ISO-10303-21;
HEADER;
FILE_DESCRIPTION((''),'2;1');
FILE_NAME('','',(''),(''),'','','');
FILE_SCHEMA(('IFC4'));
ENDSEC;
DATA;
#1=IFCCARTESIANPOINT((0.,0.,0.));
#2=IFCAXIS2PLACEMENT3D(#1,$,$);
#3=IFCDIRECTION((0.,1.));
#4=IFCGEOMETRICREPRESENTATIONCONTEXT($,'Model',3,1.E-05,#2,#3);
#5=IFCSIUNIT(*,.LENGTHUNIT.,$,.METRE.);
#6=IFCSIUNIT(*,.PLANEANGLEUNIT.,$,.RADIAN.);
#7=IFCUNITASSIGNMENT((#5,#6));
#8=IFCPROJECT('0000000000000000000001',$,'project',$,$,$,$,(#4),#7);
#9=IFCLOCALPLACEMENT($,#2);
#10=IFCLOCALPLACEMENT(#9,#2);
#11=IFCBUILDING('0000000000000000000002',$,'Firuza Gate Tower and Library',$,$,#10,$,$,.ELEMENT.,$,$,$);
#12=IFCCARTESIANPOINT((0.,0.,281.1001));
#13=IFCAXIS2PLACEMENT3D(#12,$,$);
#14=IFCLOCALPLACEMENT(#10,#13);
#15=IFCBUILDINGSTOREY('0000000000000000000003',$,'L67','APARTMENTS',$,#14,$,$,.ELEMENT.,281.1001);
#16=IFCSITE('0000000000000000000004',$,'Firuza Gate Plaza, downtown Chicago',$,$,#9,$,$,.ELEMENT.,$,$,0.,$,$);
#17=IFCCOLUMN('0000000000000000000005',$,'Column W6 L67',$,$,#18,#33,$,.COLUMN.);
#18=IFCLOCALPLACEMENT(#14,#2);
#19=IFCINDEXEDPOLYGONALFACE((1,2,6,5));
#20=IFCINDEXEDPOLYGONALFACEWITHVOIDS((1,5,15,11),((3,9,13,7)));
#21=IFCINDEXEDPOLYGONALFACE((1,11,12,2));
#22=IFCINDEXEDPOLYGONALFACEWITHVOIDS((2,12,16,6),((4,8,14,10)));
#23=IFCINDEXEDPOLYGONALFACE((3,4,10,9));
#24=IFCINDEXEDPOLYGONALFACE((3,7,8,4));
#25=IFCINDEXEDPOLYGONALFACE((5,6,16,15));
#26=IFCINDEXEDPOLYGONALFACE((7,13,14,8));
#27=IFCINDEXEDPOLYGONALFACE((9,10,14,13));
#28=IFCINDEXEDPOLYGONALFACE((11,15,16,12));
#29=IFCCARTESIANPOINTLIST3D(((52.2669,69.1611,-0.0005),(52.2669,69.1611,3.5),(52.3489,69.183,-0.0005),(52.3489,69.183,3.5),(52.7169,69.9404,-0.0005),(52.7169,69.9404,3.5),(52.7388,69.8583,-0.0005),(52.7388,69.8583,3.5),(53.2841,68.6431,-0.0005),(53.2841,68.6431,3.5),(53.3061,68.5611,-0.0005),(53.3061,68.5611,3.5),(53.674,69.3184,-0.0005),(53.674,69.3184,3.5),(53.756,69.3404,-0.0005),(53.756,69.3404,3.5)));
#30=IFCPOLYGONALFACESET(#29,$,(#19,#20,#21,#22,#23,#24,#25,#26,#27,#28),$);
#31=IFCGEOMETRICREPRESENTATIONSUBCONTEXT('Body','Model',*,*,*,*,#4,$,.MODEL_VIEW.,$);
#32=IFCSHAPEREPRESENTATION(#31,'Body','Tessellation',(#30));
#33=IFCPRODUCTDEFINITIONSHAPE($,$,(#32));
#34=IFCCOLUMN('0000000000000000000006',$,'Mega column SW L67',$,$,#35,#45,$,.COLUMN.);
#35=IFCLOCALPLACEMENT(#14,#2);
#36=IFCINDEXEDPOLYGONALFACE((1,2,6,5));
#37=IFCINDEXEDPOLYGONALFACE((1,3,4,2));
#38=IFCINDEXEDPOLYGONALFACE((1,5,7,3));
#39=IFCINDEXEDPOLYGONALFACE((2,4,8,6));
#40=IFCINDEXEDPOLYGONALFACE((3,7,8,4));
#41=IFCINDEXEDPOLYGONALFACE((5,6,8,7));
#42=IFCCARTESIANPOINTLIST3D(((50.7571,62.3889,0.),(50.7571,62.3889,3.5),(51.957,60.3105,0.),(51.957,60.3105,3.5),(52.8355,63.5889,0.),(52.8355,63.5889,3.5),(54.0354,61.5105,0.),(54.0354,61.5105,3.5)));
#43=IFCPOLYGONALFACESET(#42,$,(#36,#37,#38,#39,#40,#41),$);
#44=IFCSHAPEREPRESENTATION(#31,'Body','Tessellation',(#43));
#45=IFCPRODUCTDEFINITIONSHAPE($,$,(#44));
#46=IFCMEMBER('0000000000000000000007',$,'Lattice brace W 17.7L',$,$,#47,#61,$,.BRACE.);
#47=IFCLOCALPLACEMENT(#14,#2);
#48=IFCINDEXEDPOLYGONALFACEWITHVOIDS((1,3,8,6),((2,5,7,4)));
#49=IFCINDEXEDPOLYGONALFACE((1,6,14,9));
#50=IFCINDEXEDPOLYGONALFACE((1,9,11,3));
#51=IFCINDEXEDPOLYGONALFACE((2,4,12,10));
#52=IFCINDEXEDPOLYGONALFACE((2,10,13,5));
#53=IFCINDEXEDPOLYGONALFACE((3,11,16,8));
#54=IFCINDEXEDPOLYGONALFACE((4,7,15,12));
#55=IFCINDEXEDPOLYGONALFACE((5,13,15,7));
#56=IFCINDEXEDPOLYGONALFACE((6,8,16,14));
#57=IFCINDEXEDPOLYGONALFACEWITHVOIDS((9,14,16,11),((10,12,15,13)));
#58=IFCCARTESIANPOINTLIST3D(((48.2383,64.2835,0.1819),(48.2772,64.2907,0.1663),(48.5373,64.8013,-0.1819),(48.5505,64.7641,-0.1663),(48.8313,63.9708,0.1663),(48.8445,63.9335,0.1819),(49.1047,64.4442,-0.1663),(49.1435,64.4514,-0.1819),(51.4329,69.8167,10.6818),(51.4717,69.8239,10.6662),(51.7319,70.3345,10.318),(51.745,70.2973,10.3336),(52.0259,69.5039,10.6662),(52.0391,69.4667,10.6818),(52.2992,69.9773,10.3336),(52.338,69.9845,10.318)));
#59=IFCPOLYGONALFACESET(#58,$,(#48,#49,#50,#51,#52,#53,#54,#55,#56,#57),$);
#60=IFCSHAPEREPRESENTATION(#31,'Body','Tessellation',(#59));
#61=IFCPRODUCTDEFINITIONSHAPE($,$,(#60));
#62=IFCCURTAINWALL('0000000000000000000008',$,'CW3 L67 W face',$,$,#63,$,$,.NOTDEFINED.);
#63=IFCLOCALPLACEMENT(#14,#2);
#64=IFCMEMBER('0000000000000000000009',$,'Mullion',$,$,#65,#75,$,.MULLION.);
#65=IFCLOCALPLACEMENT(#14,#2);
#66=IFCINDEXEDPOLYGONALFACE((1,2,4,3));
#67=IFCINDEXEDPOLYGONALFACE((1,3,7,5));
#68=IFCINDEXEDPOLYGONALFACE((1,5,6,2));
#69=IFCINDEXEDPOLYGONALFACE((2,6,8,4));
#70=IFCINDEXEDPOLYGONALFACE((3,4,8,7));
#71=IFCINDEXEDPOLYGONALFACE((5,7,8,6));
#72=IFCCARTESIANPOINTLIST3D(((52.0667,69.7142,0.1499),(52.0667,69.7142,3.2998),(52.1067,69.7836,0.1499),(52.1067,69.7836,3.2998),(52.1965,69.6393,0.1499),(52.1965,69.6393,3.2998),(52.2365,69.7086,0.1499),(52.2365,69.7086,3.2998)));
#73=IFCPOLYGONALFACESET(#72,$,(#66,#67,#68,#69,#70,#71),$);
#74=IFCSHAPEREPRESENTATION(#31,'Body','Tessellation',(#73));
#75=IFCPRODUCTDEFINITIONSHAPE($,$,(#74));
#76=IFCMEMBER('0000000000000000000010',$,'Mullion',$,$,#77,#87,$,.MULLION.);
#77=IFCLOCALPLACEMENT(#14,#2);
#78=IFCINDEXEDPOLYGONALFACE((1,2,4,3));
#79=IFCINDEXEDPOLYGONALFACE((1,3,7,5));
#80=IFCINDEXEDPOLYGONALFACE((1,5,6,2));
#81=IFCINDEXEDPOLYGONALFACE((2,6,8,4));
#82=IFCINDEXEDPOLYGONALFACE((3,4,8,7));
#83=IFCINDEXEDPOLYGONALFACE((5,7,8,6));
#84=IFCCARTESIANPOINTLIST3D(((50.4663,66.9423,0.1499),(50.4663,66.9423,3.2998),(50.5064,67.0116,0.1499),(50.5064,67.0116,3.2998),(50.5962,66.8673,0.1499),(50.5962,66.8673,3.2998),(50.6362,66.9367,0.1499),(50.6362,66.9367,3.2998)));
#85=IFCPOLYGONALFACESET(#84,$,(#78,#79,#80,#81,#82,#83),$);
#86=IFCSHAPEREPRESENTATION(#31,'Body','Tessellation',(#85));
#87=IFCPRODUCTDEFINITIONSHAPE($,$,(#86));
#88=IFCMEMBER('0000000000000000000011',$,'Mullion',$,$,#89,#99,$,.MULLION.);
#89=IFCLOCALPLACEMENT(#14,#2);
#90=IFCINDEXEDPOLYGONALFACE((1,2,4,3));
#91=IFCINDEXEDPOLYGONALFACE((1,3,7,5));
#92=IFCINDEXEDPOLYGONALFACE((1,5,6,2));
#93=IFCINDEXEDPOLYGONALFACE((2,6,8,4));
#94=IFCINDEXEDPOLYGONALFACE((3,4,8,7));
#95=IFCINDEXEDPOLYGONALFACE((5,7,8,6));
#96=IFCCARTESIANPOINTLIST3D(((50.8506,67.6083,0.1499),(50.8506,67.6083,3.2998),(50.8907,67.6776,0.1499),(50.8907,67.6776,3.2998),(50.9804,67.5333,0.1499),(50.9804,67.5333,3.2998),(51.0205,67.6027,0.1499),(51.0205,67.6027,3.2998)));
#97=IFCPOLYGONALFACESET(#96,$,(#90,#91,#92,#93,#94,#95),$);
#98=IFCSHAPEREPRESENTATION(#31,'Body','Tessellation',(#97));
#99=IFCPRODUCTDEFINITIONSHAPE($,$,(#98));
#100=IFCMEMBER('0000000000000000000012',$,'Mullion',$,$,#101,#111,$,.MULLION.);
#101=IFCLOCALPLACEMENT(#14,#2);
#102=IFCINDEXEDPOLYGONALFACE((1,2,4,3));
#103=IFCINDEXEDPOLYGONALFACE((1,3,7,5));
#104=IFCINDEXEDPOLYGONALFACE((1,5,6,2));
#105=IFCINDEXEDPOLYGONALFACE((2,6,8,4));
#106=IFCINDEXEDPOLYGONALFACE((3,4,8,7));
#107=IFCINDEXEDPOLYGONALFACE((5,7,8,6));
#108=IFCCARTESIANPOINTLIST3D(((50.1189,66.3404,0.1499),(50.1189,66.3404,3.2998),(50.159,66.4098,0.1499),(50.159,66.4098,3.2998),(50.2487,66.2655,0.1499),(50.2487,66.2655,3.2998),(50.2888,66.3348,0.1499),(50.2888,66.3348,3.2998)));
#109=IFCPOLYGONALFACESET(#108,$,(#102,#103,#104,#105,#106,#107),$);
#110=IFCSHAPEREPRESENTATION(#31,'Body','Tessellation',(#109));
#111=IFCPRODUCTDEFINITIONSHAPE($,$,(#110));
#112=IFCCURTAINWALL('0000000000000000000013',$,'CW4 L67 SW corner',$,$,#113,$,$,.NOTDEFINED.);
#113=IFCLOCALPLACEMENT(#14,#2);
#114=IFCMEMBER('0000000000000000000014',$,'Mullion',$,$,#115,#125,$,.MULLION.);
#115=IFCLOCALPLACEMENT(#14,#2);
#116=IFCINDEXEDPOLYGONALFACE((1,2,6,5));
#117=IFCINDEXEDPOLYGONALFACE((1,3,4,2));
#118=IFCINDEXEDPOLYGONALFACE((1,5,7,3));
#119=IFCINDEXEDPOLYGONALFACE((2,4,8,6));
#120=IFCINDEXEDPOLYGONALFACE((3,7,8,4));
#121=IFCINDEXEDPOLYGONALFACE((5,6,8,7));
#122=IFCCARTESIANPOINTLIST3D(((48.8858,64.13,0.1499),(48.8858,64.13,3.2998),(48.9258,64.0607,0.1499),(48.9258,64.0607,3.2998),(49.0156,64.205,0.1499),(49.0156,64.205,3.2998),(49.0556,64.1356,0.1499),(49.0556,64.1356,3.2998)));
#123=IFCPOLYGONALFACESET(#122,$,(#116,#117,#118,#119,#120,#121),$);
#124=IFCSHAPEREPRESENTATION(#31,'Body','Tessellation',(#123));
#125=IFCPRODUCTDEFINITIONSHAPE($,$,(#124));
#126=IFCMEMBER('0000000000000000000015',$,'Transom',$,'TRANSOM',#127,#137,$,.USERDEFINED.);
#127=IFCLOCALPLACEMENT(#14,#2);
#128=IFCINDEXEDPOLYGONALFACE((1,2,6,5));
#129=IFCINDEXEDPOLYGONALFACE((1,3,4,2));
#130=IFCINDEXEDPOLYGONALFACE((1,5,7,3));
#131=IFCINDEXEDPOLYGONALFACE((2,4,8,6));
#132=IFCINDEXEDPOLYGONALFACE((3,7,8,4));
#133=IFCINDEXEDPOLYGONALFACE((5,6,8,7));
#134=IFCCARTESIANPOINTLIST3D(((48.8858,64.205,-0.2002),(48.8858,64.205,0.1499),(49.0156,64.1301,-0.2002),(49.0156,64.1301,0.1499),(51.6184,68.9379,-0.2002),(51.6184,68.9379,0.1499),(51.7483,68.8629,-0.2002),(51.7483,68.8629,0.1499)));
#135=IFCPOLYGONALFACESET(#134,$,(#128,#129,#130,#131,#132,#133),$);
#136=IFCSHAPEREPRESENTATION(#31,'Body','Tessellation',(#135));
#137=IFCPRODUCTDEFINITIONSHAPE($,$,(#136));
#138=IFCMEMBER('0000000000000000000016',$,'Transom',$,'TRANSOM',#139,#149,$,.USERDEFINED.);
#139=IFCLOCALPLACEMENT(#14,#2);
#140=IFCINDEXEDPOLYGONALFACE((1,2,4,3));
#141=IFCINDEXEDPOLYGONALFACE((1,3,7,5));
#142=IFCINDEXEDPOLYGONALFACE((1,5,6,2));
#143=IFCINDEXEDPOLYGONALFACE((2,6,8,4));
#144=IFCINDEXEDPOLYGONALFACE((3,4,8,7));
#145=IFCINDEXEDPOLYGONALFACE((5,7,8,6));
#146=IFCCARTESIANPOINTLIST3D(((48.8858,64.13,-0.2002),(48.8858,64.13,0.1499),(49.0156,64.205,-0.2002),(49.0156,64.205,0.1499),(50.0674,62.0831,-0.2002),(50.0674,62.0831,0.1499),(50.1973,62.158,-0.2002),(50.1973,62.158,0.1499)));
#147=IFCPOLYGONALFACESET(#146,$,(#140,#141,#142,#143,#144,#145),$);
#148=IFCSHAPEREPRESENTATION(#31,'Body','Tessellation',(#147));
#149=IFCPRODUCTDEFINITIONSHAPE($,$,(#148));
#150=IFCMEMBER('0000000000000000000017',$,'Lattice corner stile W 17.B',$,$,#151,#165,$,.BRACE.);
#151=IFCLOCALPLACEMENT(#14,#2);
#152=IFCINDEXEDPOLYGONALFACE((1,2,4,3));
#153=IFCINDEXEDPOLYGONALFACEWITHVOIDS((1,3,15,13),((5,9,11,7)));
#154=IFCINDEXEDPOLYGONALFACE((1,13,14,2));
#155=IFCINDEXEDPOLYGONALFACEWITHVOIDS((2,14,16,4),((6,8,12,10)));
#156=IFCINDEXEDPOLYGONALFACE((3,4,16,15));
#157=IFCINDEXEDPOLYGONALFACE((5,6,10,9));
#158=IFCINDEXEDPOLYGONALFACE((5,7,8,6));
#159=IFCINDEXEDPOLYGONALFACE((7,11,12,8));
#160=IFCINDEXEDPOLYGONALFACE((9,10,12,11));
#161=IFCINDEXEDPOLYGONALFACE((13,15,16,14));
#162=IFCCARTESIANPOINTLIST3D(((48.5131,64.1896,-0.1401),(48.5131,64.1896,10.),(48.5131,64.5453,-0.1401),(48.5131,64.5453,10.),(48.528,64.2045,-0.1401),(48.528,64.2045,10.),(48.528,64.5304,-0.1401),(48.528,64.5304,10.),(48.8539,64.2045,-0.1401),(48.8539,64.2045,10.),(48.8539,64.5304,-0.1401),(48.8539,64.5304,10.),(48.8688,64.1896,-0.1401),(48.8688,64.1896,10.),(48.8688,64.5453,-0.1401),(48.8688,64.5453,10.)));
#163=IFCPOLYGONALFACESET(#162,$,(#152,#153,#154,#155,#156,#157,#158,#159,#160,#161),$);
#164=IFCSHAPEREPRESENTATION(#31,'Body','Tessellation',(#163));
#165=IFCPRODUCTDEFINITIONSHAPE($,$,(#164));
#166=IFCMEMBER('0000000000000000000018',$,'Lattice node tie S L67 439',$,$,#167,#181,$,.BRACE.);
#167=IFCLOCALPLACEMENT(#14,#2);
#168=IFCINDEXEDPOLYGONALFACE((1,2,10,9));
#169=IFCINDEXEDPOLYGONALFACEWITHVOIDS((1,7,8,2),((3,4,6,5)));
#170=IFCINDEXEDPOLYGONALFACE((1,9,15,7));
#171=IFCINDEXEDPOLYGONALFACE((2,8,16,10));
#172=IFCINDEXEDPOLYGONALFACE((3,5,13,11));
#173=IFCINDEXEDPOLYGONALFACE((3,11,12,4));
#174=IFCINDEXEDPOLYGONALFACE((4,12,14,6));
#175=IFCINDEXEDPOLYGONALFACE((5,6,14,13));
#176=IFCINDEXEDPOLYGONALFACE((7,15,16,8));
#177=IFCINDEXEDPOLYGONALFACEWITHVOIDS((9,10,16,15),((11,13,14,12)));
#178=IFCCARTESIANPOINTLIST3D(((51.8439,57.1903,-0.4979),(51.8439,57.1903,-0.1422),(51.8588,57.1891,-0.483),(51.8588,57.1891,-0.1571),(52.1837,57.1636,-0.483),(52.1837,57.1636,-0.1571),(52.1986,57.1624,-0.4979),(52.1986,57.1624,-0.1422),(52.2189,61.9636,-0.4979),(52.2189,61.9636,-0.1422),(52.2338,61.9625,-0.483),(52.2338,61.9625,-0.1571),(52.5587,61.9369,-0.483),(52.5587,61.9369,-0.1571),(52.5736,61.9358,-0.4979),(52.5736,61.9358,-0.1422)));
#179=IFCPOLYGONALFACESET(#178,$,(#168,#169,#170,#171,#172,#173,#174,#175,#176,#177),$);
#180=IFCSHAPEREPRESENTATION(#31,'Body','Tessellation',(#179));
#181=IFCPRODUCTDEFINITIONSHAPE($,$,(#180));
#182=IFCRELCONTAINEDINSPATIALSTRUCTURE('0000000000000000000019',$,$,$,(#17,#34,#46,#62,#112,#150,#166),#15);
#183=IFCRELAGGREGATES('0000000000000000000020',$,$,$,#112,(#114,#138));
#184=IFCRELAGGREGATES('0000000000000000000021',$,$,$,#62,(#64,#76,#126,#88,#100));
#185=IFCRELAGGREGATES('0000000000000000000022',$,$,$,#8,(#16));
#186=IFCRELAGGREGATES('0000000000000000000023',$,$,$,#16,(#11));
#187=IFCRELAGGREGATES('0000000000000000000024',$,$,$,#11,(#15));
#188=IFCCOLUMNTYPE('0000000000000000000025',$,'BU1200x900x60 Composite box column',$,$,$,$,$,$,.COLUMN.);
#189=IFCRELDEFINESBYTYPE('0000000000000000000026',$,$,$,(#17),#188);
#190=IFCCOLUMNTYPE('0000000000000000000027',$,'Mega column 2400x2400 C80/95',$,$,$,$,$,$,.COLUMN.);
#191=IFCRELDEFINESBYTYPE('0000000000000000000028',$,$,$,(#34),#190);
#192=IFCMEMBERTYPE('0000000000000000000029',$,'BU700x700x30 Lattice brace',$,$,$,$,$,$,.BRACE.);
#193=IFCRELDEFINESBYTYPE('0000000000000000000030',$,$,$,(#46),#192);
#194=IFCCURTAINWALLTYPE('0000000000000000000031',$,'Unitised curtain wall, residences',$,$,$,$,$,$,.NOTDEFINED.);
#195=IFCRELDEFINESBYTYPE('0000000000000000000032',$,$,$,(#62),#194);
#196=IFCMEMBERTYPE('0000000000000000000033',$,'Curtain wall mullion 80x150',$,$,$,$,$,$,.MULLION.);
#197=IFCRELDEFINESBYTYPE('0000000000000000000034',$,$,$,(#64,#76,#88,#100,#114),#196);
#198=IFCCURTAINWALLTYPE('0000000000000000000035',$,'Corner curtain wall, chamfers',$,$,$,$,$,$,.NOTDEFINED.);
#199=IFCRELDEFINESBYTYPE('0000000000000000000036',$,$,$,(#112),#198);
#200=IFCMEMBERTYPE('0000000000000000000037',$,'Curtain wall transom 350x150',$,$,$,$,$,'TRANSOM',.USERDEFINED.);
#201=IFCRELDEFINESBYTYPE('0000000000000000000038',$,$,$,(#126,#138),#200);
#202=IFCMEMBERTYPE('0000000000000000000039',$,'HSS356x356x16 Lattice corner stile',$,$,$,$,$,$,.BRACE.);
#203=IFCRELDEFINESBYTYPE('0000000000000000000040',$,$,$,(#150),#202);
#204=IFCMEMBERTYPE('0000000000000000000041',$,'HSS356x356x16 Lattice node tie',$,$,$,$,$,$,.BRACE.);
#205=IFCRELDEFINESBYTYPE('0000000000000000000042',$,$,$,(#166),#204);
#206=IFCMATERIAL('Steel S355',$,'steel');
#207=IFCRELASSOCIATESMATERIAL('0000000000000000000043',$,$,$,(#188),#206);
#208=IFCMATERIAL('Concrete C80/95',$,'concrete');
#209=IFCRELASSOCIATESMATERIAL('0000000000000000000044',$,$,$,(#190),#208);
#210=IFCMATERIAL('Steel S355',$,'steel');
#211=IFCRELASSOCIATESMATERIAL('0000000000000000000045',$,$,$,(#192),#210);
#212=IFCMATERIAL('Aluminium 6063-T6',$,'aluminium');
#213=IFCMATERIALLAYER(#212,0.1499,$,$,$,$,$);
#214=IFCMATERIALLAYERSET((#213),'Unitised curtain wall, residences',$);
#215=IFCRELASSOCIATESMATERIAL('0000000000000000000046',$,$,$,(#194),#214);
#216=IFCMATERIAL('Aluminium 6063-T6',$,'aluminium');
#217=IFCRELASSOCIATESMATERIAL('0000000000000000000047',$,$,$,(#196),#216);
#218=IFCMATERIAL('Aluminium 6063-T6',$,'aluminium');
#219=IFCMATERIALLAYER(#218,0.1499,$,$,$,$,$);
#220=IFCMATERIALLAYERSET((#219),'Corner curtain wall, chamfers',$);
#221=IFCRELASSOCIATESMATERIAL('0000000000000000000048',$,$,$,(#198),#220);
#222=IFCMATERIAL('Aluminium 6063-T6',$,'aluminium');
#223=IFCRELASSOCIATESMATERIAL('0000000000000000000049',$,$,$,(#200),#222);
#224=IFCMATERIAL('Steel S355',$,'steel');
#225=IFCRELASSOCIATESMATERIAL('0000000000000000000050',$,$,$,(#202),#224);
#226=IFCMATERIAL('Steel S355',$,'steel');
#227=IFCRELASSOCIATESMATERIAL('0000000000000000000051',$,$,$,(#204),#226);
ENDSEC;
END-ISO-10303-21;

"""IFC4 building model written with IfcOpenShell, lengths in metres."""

from ifc_helpers import new_model, si_unit, direction, frame, origin, origin_2d, place, context, subcontext, project, spatial, rectangle, hollow_rectangle, extrude, material, layer, layer_set, material_profile, profile_set, type_object, element, aggregate, save


model = new_model("IFC4")

# Units and contexts
model_context = context("Model", 3, precision=1e-05, world=origin(), true_north=direction((0.0, 1.0)))
body_context = subcontext(model_context, "Body", "Model", "MODEL_VIEW")
ifc_project = project(units=[si_unit("LENGTHUNIT", "METRE"), si_unit("PLANEANGLEUNIT", "RADIAN")], contexts=[model_context])

# Site, building, storey
site_placement = place(None, origin())
site = spatial("IfcSite", under=ifc_project, at=site_placement, Name="Firuza Gate Plaza, downtown Chicago", CompositionType="ELEMENT", RefElevation=0.0)
building_placement = place(site_placement, origin())
building = spatial("IfcBuilding", under=site, at=building_placement, Name="Firuza Gate Tower and Library", CompositionType="ELEMENT")
storey_placement = place(building_placement, frame((0.0, 0.0, 281.1001)))
storey = spatial("IfcBuildingStorey", under=building, at=storey_placement, Name="L67", Description="APARTMENTS", CompositionType="ELEMENT", Elevation=281.1001)

# Columns
ifc_material_1 = material(Name="Steel S355", Category="steel")
ifc_material_profile_1 = material_profile(ifc_material_1, hollow_rectangle(XDim=0.8999, YDim=1.2, WallThickness=0.0601, at=origin_2d()))
ifc_profile_set_1 = profile_set([ifc_material_profile_1], Name="Steel S355")
column_type_1 = type_object("IfcColumnType", Name="BU1200x900x60 Composite box column", PredefinedType="COLUMN", material=ifc_profile_set_1)
column_1_placement = place(storey_placement, frame((53.0115, 69.2507, -0.0005), z_axis=(0.0, 0.0, 1.0), x_axis=(-0.5, -0.866025, 0.0)))
element("IfcColumn", 1, at=column_1_placement, inside=storey, type_object=column_type_1, Name="Column W6 L67", PredefinedType="COLUMN", context=body_context, shape_type="SweptSolid", body=[
    extrude(hollow_rectangle(XDim=0.8999, YDim=1.2, WallThickness=0.0601, at=origin_2d()), origin(), (0.0, 0.0, 1.0), 3.5005),
])
ifc_material_2 = material(Name="Concrete C80/95", Category="concrete")
ifc_material_profile_2 = material_profile(ifc_material_2, rectangle(XDim=2.3999, YDim=2.3999, at=origin_2d()))
ifc_profile_set_2 = profile_set([ifc_material_profile_2], Name="Concrete C80/95")
column_type_2 = type_object("IfcColumnType", Name="Mega column 2400x2400 C80/95", PredefinedType="COLUMN", material=ifc_profile_set_2)
column_2_placement = place(storey_placement, frame((52.3962, 61.9497, 0.0), z_axis=(0.0, 0.0, 1.0), x_axis=(0.5, -0.866025, 0.0)))
element("IfcColumn", 2, at=column_2_placement, inside=storey, type_object=column_type_2, Name="Mega column SW L67", PredefinedType="COLUMN", context=body_context, shape_type="SweptSolid", body=[
    extrude(rectangle(XDim=2.3999, YDim=2.3999, at=origin_2d()), origin(), (0.0, 0.0, 1.0), 3.5),
])

# Member
ifc_material_3 = material(Name="Steel S355", Category="steel")
ifc_material_profile_3 = material_profile(ifc_material_3, hollow_rectangle(XDim=0.7, YDim=0.7, WallThickness=0.03, at=origin_2d()))
ifc_profile_set_3 = profile_set([ifc_material_profile_3], Name="Steel S355")
member_type_1 = type_object("IfcMemberType", Name="BU700x700x30 Lattice brace", PredefinedType="BRACE", material=ifc_profile_set_3)
member_1_placement = place(storey_placement, frame((48.6909, 64.3674, 0.0), z_axis=(0.25991, 0.450179, 0.854275), x_axis=(-0.866027, 0.499998, 0.0)))
element("IfcMember", 3, at=member_1_placement, inside=storey, type_object=member_type_1, Name="Lattice brace W 17.7L", PredefinedType="BRACE", context=body_context, shape_type="SweptSolid", body=[
    extrude(hollow_rectangle(XDim=0.7, YDim=0.7, WallThickness=0.03, at=origin_2d()), origin(), (0.0, 0.0, 1.0), 12.291),
])

# Curtain wall, members
ifc_material_4 = material(Name="Aluminium 6063-T6", Category="aluminium")
ifc_layer_1 = layer(ifc_material_4, 0.1499)
ifc_layer_set_1 = layer_set([ifc_layer_1], Name="Unitised curtain wall, residences")
curtain_wall_type_1 = type_object("IfcCurtainWallType", Name="Unitised curtain wall, residences", PredefinedType="NOTDEFINED", material=ifc_layer_set_1)
placement = place(storey_placement, origin())
curtain_wall_1 = element("IfcCurtainWall", 4, at=placement, inside=storey, type_object=curtain_wall_type_1, Name="CW3 L67 W face", PredefinedType="NOTDEFINED")
ifc_material_5 = material(Name="Aluminium 6063-T6", Category="aluminium")
ifc_material_profile_4 = material_profile(ifc_material_5, rectangle(XDim=0.1499, YDim=0.0801, at=origin_2d()))
ifc_profile_set_4 = profile_set([ifc_material_profile_4], Name="Aluminium 6063-T6")
member_type_2 = type_object("IfcMemberType", Name="Curtain wall mullion 80x150", PredefinedType="MULLION", material=ifc_profile_set_4)
member_2_placement = place(storey_placement, frame((52.1516, 69.7114, 0.1499), z_axis=(0.0, 0.0, 1.0), x_axis=(0.866025, -0.5, 0.0)))
member_2 = element("IfcMember", 5, at=member_2_placement, type_object=member_type_2, Name="Mullion", PredefinedType="MULLION", context=body_context, shape_type="SweptSolid", body=[
    extrude(rectangle(XDim=0.1499, YDim=0.0801, at=origin_2d()), origin(), (0.0, 0.0, 1.0), 3.1499),
])
member_3_placement = place(storey_placement, frame((50.5513, 66.9395, 0.1499), z_axis=(0.0, 0.0, 1.0), x_axis=(0.866025, -0.5, 0.0)))
member_3 = element("IfcMember", 6, at=member_3_placement, type_object=member_type_2, Name="Mullion", PredefinedType="MULLION", context=body_context, shape_type="SweptSolid", body=[
    extrude(rectangle(XDim=0.1499, YDim=0.0801, at=origin_2d()), origin(), (0.0, 0.0, 1.0), 3.1499),
])
member_4_placement = place(storey_placement, frame((50.9355, 67.6055, 0.1499), z_axis=(0.0, 0.0, 1.0), x_axis=(0.866025, -0.5, 0.0)))
member_4 = element("IfcMember", 7, at=member_4_placement, type_object=member_type_2, Name="Mullion", PredefinedType="MULLION", context=body_context, shape_type="SweptSolid", body=[
    extrude(rectangle(XDim=0.1499, YDim=0.0801, at=origin_2d()), origin(), (0.0, 0.0, 1.0), 3.1499),
])
member_5_placement = place(storey_placement, frame((50.2039, 66.3376, 0.1499), z_axis=(0.0, 0.0, 1.0), x_axis=(0.866025, -0.5, 0.0)))
member_5 = element("IfcMember", 8, at=member_5_placement, type_object=member_type_2, Name="Mullion", PredefinedType="MULLION", context=body_context, shape_type="SweptSolid", body=[
    extrude(rectangle(XDim=0.1499, YDim=0.0801, at=origin_2d()), origin(), (0.0, 0.0, 1.0), 3.1499),
])

# Curtain wall, member
ifc_material_6 = material(Name="Aluminium 6063-T6", Category="aluminium")
ifc_layer_2 = layer(ifc_material_6, 0.1499)
ifc_layer_set_2 = layer_set([ifc_layer_2], Name="Corner curtain wall, chamfers")
curtain_wall_type_2 = type_object("IfcCurtainWallType", Name="Corner curtain wall, chamfers", PredefinedType="NOTDEFINED", material=ifc_layer_set_2)
curtain_wall_2 = element("IfcCurtainWall", 9, at=placement, inside=storey, type_object=curtain_wall_type_2, Name="CW4 L67 SW corner", PredefinedType="NOTDEFINED")
member_6_placement = place(storey_placement, frame((48.9707, 64.1328, 0.1499), z_axis=(0.0, 0.0, 1.0), x_axis=(0.866025, 0.5, 0.0)))
member_6 = element("IfcMember", 10, at=member_6_placement, type_object=member_type_2, Name="Mullion", PredefinedType="MULLION", context=body_context, shape_type="SweptSolid", body=[
    extrude(rectangle(XDim=0.1499, YDim=0.0801, at=origin_2d()), origin(), (0.0, 0.0, 1.0), 3.1499),
])

# Members
ifc_material_7 = material(Name="Aluminium 6063-T6", Category="aluminium")
ifc_material_profile_5 = material_profile(ifc_material_7, rectangle(XDim=0.1499, YDim=0.3501, at=origin_2d()))
ifc_profile_set_5 = profile_set([ifc_material_profile_5], Name="Aluminium 6063-T6")
member_type_3 = type_object("IfcMemberType", Name="Curtain wall transom 350x150", ElementType="TRANSOM", PredefinedType="USERDEFINED", material=ifc_profile_set_5)
member_7_placement = place(storey_placement, frame((51.6833, 68.9004, -0.0251), z_axis=(-0.500016, -0.866016, 0.0), x_axis=(0.866016, -0.500016, 0.0)))
member_7 = element("IfcMember", 11, at=member_7_placement, type_object=member_type_3, Name="Transom", ObjectType="TRANSOM", PredefinedType="USERDEFINED", context=body_context, shape_type="SweptSolid", body=[
    extrude(rectangle(XDim=0.1499, YDim=0.3501, at=origin_2d()), origin(), (0.0, 0.0, 1.0), 5.4651),
])
member_8_placement = place(storey_placement, frame((48.9507, 64.1675, -0.0251), z_axis=(0.499961, -0.866048, 0.0), x_axis=(0.866048, 0.499961, 0.0)))
member_8 = element("IfcMember", 12, at=member_8_placement, type_object=member_type_3, Name="Transom", ObjectType="TRANSOM", PredefinedType="USERDEFINED", context=body_context, shape_type="SweptSolid", body=[
    extrude(rectangle(XDim=0.1499, YDim=0.3501, at=origin_2d()), origin(), (0.0, 0.0, 1.0), 2.3635),
])

# Members
ifc_material_8 = material(Name="Steel S355", Category="steel")
ifc_material_profile_6 = material_profile(ifc_material_8, hollow_rectangle(XDim=0.3557, YDim=0.3557, WallThickness=0.0149, at=origin_2d()))
ifc_profile_set_6 = profile_set([ifc_material_profile_6], Name="Steel S355")
member_type_4 = type_object("IfcMemberType", Name="HSS356x356x16 Lattice corner stile", PredefinedType="BRACE", material=ifc_profile_set_6)
member_9_placement = place(storey_placement, frame((48.6909, 64.3674, -0.1401), z_axis=(0.0, 0.0, 1.0), x_axis=(1.0, 0.0, 0.0)))
element("IfcMember", 13, at=member_9_placement, inside=storey, type_object=member_type_4, Name="Lattice corner stile W 17.B", PredefinedType="BRACE", context=body_context, shape_type="SweptSolid", body=[
    extrude(hollow_rectangle(XDim=0.3557, YDim=0.3557, WallThickness=0.0149, at=origin_2d()), origin(), (0.0, 0.0, 1.0), 10.1401),
])
ifc_material_9 = material(Name="Steel S355", Category="steel")
ifc_material_profile_7 = material_profile(ifc_material_9, hollow_rectangle(XDim=0.3557, YDim=0.3557, WallThickness=0.0149, at=origin_2d()))
ifc_profile_set_7 = profile_set([ifc_material_profile_7], Name="Steel S355")
member_type_5 = type_object("IfcMemberType", Name="HSS356x356x16 Lattice node tie", PredefinedType="BRACE", material=ifc_profile_set_7)
member_10_placement = place(storey_placement, frame((52.3962, 61.9497, -0.3201), z_axis=(-0.078318, -0.996928, 0.0), x_axis=(0.996928, -0.078318, 0.0)))
element("IfcMember", 14, at=member_10_placement, inside=storey, type_object=member_type_5, Name="Lattice node tie S L67 439", PredefinedType="BRACE", context=body_context, shape_type="SweptSolid", body=[
    extrude(hollow_rectangle(XDim=0.3557, YDim=0.3557, WallThickness=0.0149, at=origin_2d()), origin(), (0.0, 0.0, 1.0), 4.7881),
])

aggregate(curtain_wall_2, [member_6, member_8])
aggregate(curtain_wall_1, [member_2, member_3, member_7, member_4, member_5])

save(model, "model.ifc")
